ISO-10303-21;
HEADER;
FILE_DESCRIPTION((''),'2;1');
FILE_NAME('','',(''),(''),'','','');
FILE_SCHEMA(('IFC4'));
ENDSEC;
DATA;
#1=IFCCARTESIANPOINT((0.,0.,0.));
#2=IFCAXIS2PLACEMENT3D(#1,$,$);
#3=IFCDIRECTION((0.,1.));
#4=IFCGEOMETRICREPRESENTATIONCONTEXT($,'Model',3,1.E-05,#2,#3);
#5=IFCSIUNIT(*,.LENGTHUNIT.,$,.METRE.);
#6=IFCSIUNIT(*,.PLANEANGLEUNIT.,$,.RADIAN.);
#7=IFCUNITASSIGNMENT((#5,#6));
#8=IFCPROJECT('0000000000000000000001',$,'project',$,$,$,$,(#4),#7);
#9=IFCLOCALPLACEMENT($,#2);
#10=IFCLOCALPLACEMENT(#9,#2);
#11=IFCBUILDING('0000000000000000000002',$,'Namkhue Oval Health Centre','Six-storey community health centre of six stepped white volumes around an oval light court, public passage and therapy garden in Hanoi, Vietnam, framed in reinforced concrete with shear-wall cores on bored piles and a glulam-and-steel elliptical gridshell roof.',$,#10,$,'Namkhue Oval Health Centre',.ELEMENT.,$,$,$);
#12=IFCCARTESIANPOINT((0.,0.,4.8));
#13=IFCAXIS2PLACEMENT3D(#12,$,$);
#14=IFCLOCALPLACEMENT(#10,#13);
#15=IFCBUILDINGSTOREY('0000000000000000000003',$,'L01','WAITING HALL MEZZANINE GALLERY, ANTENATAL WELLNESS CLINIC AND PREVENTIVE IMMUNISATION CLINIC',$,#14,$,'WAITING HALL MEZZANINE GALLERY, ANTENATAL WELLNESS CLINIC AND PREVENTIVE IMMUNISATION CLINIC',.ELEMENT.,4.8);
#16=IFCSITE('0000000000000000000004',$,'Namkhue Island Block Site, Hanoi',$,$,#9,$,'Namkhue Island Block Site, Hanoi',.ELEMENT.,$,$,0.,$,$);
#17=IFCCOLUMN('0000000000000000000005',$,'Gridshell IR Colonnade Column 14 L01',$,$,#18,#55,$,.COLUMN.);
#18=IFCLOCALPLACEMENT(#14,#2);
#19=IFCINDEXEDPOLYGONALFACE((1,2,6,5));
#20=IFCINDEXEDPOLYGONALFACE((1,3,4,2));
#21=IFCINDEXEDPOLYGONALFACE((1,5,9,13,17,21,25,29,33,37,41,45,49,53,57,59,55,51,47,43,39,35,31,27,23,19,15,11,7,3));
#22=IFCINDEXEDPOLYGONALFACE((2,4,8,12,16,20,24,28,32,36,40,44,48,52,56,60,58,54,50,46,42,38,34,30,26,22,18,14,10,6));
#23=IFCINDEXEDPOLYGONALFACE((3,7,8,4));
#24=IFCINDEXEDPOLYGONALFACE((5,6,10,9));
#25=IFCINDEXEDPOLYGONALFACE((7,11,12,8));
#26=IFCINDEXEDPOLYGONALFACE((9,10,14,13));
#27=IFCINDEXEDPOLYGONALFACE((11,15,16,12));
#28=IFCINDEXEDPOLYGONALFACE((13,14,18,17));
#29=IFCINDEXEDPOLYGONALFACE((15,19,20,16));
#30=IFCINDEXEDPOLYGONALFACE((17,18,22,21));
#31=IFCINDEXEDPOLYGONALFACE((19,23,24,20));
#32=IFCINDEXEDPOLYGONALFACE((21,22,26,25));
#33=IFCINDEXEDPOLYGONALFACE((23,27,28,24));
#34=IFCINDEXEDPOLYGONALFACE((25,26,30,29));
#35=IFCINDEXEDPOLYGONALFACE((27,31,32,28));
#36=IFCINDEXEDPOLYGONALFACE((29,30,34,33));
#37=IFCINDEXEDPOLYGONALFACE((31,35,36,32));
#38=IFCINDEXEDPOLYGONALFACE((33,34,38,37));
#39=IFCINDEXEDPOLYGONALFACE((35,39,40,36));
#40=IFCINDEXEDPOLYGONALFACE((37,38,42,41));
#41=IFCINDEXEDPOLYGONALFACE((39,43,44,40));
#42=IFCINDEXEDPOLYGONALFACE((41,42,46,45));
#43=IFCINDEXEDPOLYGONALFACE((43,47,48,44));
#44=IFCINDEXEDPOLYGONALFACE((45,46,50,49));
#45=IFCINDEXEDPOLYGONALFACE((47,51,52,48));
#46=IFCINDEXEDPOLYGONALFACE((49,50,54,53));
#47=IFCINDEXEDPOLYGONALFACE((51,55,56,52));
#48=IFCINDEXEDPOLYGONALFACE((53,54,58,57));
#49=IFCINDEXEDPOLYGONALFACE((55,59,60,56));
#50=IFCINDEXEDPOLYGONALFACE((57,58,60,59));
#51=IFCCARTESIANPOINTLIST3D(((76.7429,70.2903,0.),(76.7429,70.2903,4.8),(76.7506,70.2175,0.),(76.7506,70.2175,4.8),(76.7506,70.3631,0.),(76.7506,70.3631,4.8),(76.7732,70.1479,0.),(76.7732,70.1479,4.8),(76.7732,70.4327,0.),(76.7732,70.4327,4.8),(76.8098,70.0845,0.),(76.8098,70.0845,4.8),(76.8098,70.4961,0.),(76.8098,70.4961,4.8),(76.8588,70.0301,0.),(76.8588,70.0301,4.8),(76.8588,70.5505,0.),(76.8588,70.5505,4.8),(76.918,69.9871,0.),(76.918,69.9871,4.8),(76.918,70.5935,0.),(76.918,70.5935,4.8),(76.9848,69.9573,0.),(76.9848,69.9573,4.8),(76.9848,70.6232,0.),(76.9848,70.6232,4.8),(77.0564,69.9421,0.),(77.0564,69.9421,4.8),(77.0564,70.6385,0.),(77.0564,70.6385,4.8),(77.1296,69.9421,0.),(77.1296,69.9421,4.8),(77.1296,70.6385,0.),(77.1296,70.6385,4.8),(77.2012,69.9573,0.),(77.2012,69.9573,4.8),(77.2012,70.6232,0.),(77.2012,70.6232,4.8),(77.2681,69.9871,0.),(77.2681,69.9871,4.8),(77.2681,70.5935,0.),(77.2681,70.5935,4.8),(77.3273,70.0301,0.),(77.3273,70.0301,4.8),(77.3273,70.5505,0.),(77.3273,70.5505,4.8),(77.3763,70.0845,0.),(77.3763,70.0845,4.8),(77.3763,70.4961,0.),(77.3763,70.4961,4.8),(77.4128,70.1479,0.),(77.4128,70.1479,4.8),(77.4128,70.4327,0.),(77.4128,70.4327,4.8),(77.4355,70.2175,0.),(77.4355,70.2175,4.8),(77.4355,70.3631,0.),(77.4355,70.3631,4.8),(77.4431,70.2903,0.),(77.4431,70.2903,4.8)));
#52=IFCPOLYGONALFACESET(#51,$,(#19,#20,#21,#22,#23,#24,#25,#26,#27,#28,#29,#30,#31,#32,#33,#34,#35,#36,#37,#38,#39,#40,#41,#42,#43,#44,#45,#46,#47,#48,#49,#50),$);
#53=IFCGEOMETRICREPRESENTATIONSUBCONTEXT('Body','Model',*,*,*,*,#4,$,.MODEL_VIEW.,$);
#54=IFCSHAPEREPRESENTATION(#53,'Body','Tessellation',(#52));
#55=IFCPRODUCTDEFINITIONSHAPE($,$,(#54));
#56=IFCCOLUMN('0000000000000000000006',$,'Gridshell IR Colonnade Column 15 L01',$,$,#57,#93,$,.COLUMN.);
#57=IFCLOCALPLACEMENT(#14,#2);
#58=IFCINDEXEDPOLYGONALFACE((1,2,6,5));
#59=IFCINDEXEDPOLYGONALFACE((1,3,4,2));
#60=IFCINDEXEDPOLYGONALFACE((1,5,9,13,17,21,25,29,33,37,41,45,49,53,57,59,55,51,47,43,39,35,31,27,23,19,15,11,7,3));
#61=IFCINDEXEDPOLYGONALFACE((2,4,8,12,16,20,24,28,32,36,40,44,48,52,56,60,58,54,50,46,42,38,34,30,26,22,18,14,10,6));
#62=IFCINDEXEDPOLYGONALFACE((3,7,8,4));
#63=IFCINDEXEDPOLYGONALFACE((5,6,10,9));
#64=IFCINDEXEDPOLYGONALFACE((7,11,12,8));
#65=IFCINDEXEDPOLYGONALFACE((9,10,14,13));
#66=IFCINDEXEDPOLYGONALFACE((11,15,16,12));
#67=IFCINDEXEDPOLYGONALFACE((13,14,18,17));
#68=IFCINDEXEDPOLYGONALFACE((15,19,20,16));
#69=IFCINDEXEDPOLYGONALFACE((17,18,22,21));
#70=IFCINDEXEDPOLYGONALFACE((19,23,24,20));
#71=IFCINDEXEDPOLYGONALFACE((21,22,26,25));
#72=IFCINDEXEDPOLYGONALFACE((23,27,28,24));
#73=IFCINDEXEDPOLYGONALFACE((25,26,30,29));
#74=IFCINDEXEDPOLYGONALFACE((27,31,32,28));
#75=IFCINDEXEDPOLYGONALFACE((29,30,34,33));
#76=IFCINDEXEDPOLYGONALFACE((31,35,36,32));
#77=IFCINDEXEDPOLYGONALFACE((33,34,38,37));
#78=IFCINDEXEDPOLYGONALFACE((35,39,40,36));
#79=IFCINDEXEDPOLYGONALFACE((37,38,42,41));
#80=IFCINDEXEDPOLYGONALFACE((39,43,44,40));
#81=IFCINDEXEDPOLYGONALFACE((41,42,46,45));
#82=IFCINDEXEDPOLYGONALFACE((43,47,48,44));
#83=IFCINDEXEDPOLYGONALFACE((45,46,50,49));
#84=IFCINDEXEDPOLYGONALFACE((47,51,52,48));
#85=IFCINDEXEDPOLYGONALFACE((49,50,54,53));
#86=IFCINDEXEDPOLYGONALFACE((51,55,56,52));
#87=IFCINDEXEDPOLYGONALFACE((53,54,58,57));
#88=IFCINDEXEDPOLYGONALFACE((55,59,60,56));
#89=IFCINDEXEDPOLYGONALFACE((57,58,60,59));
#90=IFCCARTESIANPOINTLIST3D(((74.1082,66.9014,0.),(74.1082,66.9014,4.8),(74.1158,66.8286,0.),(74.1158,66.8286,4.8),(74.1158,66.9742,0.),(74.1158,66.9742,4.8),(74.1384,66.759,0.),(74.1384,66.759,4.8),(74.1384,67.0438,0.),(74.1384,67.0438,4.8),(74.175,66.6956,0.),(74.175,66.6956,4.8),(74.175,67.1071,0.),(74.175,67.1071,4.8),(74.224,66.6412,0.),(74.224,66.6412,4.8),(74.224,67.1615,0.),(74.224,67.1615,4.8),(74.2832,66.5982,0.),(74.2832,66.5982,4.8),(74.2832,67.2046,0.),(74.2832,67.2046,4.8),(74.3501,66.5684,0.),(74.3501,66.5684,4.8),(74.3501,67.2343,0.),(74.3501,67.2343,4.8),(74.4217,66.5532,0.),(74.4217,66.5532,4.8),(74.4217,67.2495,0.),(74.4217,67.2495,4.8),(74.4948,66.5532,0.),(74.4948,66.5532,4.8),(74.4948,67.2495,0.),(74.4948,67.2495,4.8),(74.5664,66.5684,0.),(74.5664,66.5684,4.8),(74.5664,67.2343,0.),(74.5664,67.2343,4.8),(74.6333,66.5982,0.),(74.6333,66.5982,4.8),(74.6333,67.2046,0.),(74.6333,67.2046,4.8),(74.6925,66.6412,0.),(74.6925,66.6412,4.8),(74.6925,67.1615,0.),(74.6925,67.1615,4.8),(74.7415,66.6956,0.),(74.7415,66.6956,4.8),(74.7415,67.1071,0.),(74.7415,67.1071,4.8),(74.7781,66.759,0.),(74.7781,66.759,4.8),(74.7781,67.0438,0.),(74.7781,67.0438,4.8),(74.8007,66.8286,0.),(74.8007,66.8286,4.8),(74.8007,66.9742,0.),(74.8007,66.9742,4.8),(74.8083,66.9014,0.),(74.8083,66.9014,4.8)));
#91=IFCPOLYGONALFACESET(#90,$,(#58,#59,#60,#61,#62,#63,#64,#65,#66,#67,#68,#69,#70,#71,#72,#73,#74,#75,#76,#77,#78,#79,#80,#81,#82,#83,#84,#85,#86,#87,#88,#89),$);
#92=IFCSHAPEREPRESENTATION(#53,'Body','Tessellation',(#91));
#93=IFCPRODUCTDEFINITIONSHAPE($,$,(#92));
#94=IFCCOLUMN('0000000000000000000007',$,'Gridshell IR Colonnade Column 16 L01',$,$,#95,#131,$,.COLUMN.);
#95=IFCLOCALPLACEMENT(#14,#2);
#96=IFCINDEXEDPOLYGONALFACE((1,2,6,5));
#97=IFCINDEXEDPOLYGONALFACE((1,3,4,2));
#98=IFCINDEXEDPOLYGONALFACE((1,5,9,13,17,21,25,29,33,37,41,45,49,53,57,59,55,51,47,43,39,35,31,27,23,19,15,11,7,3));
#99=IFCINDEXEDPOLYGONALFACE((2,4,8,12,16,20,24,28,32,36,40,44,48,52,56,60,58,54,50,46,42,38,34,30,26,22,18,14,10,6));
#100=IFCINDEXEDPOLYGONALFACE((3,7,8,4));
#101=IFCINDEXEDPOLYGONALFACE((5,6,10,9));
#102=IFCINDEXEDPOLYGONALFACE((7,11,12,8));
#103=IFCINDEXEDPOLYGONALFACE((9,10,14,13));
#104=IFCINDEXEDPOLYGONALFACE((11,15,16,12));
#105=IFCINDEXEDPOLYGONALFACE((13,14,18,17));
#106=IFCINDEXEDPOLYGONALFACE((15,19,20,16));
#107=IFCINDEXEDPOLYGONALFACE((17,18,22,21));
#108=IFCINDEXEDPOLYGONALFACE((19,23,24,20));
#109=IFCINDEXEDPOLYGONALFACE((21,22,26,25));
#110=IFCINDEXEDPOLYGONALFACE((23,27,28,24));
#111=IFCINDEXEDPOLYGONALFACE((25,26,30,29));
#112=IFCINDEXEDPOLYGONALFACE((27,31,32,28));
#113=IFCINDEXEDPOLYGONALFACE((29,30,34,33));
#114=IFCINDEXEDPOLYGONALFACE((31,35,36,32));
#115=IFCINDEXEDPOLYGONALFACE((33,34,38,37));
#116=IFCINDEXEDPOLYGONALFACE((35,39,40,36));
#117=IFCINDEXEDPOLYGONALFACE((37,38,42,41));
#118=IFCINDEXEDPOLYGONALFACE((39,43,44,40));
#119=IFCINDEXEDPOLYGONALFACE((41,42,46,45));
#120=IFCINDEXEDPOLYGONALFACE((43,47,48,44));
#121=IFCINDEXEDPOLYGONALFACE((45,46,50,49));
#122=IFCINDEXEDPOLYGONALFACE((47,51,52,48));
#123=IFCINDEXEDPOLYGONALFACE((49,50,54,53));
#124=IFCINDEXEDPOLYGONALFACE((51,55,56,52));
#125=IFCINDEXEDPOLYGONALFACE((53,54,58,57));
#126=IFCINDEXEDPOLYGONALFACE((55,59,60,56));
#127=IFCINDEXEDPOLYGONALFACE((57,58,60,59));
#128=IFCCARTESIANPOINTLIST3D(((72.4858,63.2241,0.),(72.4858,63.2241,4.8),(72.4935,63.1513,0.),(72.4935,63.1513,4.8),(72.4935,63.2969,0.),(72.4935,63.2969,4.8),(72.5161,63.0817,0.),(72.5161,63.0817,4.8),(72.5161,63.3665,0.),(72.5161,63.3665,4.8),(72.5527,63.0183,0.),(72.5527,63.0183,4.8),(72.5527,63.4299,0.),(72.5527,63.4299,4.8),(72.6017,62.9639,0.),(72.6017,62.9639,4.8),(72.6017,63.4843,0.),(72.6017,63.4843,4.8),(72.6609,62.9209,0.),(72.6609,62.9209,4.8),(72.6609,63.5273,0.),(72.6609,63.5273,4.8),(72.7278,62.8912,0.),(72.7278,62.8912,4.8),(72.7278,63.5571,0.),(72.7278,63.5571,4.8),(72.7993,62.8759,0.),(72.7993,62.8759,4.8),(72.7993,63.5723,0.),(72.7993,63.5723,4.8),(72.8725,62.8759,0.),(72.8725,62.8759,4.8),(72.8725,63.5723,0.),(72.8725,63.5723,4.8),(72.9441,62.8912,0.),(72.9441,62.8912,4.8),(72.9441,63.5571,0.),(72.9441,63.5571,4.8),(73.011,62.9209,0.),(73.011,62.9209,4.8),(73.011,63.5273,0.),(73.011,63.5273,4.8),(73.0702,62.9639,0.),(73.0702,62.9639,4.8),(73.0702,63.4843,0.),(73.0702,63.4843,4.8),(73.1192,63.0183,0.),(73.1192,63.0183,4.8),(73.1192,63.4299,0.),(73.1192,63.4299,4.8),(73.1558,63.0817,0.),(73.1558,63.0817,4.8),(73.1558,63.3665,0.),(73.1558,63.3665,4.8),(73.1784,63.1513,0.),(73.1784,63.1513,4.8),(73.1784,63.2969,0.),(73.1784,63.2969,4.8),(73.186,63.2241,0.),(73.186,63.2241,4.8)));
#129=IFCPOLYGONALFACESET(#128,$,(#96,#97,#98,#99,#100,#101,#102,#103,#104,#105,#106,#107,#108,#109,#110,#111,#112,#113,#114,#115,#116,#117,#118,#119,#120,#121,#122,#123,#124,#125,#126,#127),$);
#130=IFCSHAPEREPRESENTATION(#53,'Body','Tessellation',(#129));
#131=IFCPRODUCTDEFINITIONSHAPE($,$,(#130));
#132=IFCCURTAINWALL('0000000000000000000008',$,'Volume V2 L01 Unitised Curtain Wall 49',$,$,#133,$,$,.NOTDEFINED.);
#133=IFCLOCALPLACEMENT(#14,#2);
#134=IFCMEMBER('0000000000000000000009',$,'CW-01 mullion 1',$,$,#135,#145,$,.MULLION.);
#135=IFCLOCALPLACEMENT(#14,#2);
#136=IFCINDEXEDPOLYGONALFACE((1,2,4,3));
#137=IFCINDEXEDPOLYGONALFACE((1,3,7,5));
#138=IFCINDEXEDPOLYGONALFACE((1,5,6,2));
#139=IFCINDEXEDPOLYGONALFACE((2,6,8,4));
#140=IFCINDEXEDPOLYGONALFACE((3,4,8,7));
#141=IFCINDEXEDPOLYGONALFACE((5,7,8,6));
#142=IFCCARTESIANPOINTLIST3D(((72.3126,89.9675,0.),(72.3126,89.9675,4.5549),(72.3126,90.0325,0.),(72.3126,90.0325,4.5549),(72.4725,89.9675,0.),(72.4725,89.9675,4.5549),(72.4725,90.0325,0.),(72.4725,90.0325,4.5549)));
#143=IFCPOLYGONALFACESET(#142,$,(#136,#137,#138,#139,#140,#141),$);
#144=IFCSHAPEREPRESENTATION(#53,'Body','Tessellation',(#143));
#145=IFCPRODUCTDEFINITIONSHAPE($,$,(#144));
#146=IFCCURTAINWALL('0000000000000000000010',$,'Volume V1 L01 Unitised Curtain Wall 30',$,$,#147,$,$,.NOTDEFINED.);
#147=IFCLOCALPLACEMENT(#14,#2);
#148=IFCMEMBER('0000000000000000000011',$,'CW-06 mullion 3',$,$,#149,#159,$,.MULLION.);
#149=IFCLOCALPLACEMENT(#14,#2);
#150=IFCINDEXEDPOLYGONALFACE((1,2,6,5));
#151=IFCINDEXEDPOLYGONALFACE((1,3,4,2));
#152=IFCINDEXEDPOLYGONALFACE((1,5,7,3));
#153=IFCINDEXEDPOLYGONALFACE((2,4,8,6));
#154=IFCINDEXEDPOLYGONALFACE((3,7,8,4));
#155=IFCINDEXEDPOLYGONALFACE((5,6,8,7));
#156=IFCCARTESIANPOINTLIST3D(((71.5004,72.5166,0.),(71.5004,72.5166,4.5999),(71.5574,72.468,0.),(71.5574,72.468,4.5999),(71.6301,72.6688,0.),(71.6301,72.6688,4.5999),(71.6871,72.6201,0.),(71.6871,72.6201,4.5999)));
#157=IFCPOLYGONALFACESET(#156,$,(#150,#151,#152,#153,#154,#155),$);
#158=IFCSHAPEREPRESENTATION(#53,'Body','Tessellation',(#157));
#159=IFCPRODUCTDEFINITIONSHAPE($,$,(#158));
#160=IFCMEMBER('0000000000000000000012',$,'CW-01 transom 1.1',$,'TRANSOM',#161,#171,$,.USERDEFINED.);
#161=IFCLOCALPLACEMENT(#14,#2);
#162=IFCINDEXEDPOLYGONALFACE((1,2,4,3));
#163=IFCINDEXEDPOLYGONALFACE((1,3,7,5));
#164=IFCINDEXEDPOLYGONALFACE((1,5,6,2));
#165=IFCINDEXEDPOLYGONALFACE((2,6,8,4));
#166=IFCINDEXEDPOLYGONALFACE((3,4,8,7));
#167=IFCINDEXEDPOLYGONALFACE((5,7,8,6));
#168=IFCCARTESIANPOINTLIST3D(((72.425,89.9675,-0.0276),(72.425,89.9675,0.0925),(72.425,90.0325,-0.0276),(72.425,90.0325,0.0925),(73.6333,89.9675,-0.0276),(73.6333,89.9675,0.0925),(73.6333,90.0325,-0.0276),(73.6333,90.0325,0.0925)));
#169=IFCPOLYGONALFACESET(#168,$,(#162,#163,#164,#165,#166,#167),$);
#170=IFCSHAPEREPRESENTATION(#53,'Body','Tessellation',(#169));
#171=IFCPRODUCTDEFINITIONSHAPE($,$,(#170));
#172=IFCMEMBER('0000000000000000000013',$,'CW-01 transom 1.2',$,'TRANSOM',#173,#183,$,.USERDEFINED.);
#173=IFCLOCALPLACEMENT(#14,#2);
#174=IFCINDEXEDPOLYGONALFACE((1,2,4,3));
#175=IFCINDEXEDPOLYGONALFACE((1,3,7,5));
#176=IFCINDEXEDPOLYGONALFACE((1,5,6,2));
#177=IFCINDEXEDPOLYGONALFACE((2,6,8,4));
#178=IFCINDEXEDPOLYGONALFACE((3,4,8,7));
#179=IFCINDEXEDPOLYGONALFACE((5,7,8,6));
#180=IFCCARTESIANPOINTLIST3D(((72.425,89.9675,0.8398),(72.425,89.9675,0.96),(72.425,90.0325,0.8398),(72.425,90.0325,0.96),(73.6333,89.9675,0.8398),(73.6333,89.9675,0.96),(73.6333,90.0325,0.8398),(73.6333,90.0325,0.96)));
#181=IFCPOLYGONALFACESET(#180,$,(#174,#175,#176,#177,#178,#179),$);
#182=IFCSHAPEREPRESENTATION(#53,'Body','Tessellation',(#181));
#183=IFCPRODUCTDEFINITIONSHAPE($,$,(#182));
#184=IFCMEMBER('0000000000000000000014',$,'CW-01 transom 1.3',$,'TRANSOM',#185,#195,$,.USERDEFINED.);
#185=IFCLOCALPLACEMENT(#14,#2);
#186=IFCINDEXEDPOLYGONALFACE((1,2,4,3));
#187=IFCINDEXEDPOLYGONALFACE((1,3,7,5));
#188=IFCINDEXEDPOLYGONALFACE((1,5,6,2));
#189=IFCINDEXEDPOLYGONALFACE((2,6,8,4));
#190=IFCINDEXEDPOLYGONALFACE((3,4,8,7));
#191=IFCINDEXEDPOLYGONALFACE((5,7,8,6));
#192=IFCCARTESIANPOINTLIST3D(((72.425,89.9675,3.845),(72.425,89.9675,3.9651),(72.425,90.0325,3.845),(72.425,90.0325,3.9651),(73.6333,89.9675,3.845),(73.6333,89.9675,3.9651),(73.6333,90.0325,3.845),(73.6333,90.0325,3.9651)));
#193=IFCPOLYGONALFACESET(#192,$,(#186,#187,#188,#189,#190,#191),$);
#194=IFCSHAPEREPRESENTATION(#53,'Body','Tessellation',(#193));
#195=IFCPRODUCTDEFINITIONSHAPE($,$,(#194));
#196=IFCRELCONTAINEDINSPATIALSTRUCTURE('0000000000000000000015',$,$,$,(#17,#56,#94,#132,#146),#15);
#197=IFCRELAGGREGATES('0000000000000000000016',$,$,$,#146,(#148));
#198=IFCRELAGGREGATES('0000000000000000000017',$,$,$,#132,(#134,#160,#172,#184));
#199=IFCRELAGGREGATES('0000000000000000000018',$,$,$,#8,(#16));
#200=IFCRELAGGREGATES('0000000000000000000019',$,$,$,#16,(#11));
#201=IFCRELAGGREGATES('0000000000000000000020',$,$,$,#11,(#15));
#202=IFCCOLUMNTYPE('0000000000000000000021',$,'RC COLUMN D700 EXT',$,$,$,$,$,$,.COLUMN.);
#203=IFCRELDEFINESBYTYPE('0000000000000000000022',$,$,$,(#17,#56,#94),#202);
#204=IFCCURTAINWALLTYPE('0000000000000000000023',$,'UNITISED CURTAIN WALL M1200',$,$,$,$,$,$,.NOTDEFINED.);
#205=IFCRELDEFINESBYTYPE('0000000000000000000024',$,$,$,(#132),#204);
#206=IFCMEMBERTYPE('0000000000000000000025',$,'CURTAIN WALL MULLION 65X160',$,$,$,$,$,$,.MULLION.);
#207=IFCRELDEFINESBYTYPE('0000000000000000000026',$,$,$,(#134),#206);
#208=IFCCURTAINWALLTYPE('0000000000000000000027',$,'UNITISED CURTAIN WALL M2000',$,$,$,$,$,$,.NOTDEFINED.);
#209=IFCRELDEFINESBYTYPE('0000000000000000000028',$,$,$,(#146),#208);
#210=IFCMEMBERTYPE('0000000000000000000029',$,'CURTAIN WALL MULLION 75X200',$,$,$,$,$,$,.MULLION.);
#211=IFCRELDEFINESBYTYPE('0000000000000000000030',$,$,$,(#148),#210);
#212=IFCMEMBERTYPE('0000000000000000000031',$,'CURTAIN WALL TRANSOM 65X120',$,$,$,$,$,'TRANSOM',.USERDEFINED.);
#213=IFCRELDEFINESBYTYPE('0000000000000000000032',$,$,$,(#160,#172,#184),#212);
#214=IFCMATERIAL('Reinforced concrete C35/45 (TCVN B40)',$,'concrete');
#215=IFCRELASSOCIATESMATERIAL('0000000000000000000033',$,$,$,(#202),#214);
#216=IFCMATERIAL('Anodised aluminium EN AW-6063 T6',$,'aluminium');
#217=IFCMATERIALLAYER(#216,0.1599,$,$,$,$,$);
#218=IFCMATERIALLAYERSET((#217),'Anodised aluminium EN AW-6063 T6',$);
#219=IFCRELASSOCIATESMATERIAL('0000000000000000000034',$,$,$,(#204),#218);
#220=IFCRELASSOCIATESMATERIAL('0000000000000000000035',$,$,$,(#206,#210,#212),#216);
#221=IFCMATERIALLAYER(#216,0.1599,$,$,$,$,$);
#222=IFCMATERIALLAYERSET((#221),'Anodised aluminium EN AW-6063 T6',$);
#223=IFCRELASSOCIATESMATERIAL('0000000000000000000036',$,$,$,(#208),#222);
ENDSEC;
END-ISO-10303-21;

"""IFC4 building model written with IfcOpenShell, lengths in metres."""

from ifc_helpers import new_model, si_unit, direction, frame, origin, origin_2d, place, context, subcontext, project, spatial, rectangle, circle, extrude, material, layer, layer_set, material_profile, profile_set, type_object, element, aggregate, save


model = new_model("IFC4")

# Units and contexts
model_context = context("Model", 3, precision=1e-05, world=origin(), true_north=direction((0.0, 1.0)))
body_context = subcontext(model_context, "Body", "Model", "MODEL_VIEW")
ifc_project = project(units=[si_unit("LENGTHUNIT", "METRE"), si_unit("PLANEANGLEUNIT", "RADIAN")], contexts=[model_context])

# Site, building, storey
site_placement = place(None, origin())
site = spatial("IfcSite", under=ifc_project, at=site_placement, Name="Namkhue Island Block Site, Hanoi", LongName="Namkhue Island Block Site, Hanoi", CompositionType="ELEMENT", RefElevation=0.0)
building_placement = place(site_placement, origin())
building = spatial("IfcBuilding", under=site, at=building_placement, Name="Namkhue Oval Health Centre", Description="Six-storey community health centre of six stepped white volumes around an oval light court, public passage and therapy garden in Hanoi, Vietnam, framed in reinforced concrete with shear-wall cores on bored piles and a glulam-and-steel elliptical gridshell roof.", LongName="Namkhue Oval Health Centre", CompositionType="ELEMENT")
storey_placement = place(building_placement, frame((0.0, 0.0, 4.8)))
storey = spatial("IfcBuildingStorey", under=building, at=storey_placement, Name="L01", Description="WAITING HALL MEZZANINE GALLERY, ANTENATAL WELLNESS CLINIC AND PREVENTIVE IMMUNISATION CLINIC", LongName="WAITING HALL MEZZANINE GALLERY, ANTENATAL WELLNESS CLINIC AND PREVENTIVE IMMUNISATION CLINIC", CompositionType="ELEMENT", Elevation=4.8)

# Columns
ifc_material_1 = material(Name="Reinforced concrete C35/45 (TCVN B40)", Category="concrete")
ifc_material_profile_1 = material_profile(ifc_material_1, circle(Radius=0.3501, at=origin_2d()), Name="RC D700")
ifc_profile_set_1 = profile_set([ifc_material_profile_1], Name="Reinforced concrete C35/45 (TCVN B40)")
column_type = type_object("IfcColumnType", Name="RC COLUMN D700 EXT", PredefinedType="COLUMN", material=ifc_profile_set_1)
for number, where, z_axis, x_axis, name in (
    (1, (77.093, 70.2903, 0.0), (0.0, 0.0, 1.0), (1.0, 0.0, 0.0), "Gridshell IR Colonnade Column 14 L01"),
    (2, (74.4583, 66.9014, 0.0), (0.0, 0.0, 1.0), (1.0, 0.0, 0.0), "Gridshell IR Colonnade Column 15 L01"),
    (3, (72.8359, 63.2241, 0.0), (0.0, 0.0, 1.0), (1.0, 0.0, 0.0), "Gridshell IR Colonnade Column 16 L01"),
):
    element("IfcColumn", number, at=place(storey_placement, frame(where, z_axis=z_axis, x_axis=x_axis)), inside=storey, type_object=column_type, Name=name, PredefinedType="COLUMN", context=body_context, shape_type="SweptSolid", body=[
        extrude(circle(Radius=0.3501, at=origin_2d()), origin(), (0.0, 0.0, 1.0), 4.8),
    ])

# Curtain walls, members
ifc_material_2 = material(Name="Anodised aluminium EN AW-6063 T6", Category="aluminium")
ifc_layer_1 = layer(ifc_material_2, 0.1599)
ifc_layer_set_1 = layer_set([ifc_layer_1], Name="Anodised aluminium EN AW-6063 T6")
curtain_wall_type_1 = type_object("IfcCurtainWallType", Name="UNITISED CURTAIN WALL M1200", PredefinedType="NOTDEFINED", material=ifc_layer_set_1)
curtain_wall_1_placement = place(storey_placement, origin())
curtain_wall_1 = element("IfcCurtainWall", 4, at=curtain_wall_1_placement, inside=storey, type_object=curtain_wall_type_1, Name="Volume V2 L01 Unitised Curtain Wall 49", PredefinedType="NOTDEFINED")
ifc_material_profile_2 = material_profile(ifc_material_2, rectangle(XDim=0.0649, YDim=0.1599, at=origin_2d()), Name="ALU 65x160")
ifc_profile_set_2 = profile_set([ifc_material_profile_2], Name="Anodised aluminium EN AW-6063 T6")
member_type_1 = type_object("IfcMemberType", Name="CURTAIN WALL MULLION 65X160", PredefinedType="MULLION", material=ifc_profile_set_2)
member_1_placement = place(storey_placement, frame((72.3926, 90.0, 0.0), z_axis=(0.0, 0.0, 1.0), x_axis=(0.0, 1.0, 0.0)))
member_1 = element("IfcMember", 5, at=member_1_placement, type_object=member_type_1, Name="CW-01 mullion 1", PredefinedType="MULLION", context=body_context, shape_type="SweptSolid", body=[
    extrude(rectangle(XDim=0.0649, YDim=0.1599, at=origin_2d()), origin(), (0.0, 0.0, 1.0), 4.5549),
])
ifc_layer_2 = layer(ifc_material_2, 0.1599)
ifc_layer_set_2 = layer_set([ifc_layer_2], Name="Anodised aluminium EN AW-6063 T6")
curtain_wall_type_2 = type_object("IfcCurtainWallType", Name="UNITISED CURTAIN WALL M2000", PredefinedType="NOTDEFINED", material=ifc_layer_set_2)
curtain_wall_2_placement = place(storey_placement, origin())
curtain_wall_2 = element("IfcCurtainWall", 6, at=curtain_wall_2_placement, inside=storey, type_object=curtain_wall_type_2, Name="Volume V1 L01 Unitised Curtain Wall 30", PredefinedType="NOTDEFINED")
ifc_material_profile_3 = material_profile(ifc_material_2, rectangle(XDim=0.075, YDim=0.2, at=origin_2d()), Name="ALU 75x200")
ifc_profile_set_3 = profile_set([ifc_material_profile_3], Name="Anodised aluminium EN AW-6063 T6")
member_type_2 = type_object("IfcMemberType", Name="CURTAIN WALL MULLION 75X200", PredefinedType="MULLION", material=ifc_profile_set_3)
member_2_placement = place(storey_placement, frame((71.5938, 72.5684, 0.0), z_axis=(0.0, 0.0, 1.0), x_axis=(-0.761005, 0.648746, 0.0)))
member_2 = element("IfcMember", 7, at=member_2_placement, type_object=member_type_2, Name="CW-06 mullion 3", PredefinedType="MULLION", context=body_context, shape_type="SweptSolid", body=[
    extrude(rectangle(XDim=0.075, YDim=0.2, at=origin_2d()), origin(), (0.0, 0.0, 1.0), 4.5999),
])
aggregate(curtain_wall_2, [member_2])

# Members
ifc_material_profile_4 = material_profile(ifc_material_2, rectangle(XDim=0.0649, YDim=0.1201, at=origin_2d()), Name="ALU 65x120")
ifc_profile_set_4 = profile_set([ifc_material_profile_4], Name="Anodised aluminium EN AW-6063 T6")
member_type_3 = type_object("IfcMemberType", Name="CURTAIN WALL TRANSOM 65X120", ElementType="TRANSOM", PredefinedType="USERDEFINED", material=ifc_profile_set_4)
member_3_placement = place(storey_placement, frame((72.425, 90.0, 0.0325), z_axis=(1.0, 0.0, 0.0), x_axis=(0.0, 1.0, 0.0)))
member_3 = element("IfcMember", 8, at=member_3_placement, type_object=member_type_3, Name="CW-01 transom 1.1", ObjectType="TRANSOM", PredefinedType="USERDEFINED", context=body_context, shape_type="SweptSolid", body=[
    extrude(rectangle(XDim=0.0649, YDim=0.1201, at=origin_2d()), origin(), (0.0, 0.0, 1.0), 1.2083),
])
member_4_placement = place(storey_placement, frame((72.425, 90.0, 0.8999), z_axis=(1.0, 0.0, 0.0), x_axis=(0.0, 1.0, 0.0)))
member_4 = element("IfcMember", 9, at=member_4_placement, type_object=member_type_3, Name="CW-01 transom 1.2", ObjectType="TRANSOM", PredefinedType="USERDEFINED", context=body_context, shape_type="SweptSolid", body=[
    extrude(rectangle(XDim=0.0649, YDim=0.1201, at=origin_2d()), origin(), (0.0, 0.0, 1.0), 1.2083),
])
member_5_placement = place(storey_placement, frame((72.425, 90.0, 3.905), z_axis=(1.0, 0.0, 0.0), x_axis=(0.0, 1.0, 0.0)))
member_5 = element("IfcMember", 10, at=member_5_placement, type_object=member_type_3, Name="CW-01 transom 1.3", ObjectType="TRANSOM", PredefinedType="USERDEFINED", context=body_context, shape_type="SweptSolid", body=[
    extrude(rectangle(XDim=0.0649, YDim=0.1201, at=origin_2d()), origin(), (0.0, 0.0, 1.0), 1.2083),
])

aggregate(curtain_wall_1, [member_1, member_3, member_4, member_5])

save(model, "model.ifc")
